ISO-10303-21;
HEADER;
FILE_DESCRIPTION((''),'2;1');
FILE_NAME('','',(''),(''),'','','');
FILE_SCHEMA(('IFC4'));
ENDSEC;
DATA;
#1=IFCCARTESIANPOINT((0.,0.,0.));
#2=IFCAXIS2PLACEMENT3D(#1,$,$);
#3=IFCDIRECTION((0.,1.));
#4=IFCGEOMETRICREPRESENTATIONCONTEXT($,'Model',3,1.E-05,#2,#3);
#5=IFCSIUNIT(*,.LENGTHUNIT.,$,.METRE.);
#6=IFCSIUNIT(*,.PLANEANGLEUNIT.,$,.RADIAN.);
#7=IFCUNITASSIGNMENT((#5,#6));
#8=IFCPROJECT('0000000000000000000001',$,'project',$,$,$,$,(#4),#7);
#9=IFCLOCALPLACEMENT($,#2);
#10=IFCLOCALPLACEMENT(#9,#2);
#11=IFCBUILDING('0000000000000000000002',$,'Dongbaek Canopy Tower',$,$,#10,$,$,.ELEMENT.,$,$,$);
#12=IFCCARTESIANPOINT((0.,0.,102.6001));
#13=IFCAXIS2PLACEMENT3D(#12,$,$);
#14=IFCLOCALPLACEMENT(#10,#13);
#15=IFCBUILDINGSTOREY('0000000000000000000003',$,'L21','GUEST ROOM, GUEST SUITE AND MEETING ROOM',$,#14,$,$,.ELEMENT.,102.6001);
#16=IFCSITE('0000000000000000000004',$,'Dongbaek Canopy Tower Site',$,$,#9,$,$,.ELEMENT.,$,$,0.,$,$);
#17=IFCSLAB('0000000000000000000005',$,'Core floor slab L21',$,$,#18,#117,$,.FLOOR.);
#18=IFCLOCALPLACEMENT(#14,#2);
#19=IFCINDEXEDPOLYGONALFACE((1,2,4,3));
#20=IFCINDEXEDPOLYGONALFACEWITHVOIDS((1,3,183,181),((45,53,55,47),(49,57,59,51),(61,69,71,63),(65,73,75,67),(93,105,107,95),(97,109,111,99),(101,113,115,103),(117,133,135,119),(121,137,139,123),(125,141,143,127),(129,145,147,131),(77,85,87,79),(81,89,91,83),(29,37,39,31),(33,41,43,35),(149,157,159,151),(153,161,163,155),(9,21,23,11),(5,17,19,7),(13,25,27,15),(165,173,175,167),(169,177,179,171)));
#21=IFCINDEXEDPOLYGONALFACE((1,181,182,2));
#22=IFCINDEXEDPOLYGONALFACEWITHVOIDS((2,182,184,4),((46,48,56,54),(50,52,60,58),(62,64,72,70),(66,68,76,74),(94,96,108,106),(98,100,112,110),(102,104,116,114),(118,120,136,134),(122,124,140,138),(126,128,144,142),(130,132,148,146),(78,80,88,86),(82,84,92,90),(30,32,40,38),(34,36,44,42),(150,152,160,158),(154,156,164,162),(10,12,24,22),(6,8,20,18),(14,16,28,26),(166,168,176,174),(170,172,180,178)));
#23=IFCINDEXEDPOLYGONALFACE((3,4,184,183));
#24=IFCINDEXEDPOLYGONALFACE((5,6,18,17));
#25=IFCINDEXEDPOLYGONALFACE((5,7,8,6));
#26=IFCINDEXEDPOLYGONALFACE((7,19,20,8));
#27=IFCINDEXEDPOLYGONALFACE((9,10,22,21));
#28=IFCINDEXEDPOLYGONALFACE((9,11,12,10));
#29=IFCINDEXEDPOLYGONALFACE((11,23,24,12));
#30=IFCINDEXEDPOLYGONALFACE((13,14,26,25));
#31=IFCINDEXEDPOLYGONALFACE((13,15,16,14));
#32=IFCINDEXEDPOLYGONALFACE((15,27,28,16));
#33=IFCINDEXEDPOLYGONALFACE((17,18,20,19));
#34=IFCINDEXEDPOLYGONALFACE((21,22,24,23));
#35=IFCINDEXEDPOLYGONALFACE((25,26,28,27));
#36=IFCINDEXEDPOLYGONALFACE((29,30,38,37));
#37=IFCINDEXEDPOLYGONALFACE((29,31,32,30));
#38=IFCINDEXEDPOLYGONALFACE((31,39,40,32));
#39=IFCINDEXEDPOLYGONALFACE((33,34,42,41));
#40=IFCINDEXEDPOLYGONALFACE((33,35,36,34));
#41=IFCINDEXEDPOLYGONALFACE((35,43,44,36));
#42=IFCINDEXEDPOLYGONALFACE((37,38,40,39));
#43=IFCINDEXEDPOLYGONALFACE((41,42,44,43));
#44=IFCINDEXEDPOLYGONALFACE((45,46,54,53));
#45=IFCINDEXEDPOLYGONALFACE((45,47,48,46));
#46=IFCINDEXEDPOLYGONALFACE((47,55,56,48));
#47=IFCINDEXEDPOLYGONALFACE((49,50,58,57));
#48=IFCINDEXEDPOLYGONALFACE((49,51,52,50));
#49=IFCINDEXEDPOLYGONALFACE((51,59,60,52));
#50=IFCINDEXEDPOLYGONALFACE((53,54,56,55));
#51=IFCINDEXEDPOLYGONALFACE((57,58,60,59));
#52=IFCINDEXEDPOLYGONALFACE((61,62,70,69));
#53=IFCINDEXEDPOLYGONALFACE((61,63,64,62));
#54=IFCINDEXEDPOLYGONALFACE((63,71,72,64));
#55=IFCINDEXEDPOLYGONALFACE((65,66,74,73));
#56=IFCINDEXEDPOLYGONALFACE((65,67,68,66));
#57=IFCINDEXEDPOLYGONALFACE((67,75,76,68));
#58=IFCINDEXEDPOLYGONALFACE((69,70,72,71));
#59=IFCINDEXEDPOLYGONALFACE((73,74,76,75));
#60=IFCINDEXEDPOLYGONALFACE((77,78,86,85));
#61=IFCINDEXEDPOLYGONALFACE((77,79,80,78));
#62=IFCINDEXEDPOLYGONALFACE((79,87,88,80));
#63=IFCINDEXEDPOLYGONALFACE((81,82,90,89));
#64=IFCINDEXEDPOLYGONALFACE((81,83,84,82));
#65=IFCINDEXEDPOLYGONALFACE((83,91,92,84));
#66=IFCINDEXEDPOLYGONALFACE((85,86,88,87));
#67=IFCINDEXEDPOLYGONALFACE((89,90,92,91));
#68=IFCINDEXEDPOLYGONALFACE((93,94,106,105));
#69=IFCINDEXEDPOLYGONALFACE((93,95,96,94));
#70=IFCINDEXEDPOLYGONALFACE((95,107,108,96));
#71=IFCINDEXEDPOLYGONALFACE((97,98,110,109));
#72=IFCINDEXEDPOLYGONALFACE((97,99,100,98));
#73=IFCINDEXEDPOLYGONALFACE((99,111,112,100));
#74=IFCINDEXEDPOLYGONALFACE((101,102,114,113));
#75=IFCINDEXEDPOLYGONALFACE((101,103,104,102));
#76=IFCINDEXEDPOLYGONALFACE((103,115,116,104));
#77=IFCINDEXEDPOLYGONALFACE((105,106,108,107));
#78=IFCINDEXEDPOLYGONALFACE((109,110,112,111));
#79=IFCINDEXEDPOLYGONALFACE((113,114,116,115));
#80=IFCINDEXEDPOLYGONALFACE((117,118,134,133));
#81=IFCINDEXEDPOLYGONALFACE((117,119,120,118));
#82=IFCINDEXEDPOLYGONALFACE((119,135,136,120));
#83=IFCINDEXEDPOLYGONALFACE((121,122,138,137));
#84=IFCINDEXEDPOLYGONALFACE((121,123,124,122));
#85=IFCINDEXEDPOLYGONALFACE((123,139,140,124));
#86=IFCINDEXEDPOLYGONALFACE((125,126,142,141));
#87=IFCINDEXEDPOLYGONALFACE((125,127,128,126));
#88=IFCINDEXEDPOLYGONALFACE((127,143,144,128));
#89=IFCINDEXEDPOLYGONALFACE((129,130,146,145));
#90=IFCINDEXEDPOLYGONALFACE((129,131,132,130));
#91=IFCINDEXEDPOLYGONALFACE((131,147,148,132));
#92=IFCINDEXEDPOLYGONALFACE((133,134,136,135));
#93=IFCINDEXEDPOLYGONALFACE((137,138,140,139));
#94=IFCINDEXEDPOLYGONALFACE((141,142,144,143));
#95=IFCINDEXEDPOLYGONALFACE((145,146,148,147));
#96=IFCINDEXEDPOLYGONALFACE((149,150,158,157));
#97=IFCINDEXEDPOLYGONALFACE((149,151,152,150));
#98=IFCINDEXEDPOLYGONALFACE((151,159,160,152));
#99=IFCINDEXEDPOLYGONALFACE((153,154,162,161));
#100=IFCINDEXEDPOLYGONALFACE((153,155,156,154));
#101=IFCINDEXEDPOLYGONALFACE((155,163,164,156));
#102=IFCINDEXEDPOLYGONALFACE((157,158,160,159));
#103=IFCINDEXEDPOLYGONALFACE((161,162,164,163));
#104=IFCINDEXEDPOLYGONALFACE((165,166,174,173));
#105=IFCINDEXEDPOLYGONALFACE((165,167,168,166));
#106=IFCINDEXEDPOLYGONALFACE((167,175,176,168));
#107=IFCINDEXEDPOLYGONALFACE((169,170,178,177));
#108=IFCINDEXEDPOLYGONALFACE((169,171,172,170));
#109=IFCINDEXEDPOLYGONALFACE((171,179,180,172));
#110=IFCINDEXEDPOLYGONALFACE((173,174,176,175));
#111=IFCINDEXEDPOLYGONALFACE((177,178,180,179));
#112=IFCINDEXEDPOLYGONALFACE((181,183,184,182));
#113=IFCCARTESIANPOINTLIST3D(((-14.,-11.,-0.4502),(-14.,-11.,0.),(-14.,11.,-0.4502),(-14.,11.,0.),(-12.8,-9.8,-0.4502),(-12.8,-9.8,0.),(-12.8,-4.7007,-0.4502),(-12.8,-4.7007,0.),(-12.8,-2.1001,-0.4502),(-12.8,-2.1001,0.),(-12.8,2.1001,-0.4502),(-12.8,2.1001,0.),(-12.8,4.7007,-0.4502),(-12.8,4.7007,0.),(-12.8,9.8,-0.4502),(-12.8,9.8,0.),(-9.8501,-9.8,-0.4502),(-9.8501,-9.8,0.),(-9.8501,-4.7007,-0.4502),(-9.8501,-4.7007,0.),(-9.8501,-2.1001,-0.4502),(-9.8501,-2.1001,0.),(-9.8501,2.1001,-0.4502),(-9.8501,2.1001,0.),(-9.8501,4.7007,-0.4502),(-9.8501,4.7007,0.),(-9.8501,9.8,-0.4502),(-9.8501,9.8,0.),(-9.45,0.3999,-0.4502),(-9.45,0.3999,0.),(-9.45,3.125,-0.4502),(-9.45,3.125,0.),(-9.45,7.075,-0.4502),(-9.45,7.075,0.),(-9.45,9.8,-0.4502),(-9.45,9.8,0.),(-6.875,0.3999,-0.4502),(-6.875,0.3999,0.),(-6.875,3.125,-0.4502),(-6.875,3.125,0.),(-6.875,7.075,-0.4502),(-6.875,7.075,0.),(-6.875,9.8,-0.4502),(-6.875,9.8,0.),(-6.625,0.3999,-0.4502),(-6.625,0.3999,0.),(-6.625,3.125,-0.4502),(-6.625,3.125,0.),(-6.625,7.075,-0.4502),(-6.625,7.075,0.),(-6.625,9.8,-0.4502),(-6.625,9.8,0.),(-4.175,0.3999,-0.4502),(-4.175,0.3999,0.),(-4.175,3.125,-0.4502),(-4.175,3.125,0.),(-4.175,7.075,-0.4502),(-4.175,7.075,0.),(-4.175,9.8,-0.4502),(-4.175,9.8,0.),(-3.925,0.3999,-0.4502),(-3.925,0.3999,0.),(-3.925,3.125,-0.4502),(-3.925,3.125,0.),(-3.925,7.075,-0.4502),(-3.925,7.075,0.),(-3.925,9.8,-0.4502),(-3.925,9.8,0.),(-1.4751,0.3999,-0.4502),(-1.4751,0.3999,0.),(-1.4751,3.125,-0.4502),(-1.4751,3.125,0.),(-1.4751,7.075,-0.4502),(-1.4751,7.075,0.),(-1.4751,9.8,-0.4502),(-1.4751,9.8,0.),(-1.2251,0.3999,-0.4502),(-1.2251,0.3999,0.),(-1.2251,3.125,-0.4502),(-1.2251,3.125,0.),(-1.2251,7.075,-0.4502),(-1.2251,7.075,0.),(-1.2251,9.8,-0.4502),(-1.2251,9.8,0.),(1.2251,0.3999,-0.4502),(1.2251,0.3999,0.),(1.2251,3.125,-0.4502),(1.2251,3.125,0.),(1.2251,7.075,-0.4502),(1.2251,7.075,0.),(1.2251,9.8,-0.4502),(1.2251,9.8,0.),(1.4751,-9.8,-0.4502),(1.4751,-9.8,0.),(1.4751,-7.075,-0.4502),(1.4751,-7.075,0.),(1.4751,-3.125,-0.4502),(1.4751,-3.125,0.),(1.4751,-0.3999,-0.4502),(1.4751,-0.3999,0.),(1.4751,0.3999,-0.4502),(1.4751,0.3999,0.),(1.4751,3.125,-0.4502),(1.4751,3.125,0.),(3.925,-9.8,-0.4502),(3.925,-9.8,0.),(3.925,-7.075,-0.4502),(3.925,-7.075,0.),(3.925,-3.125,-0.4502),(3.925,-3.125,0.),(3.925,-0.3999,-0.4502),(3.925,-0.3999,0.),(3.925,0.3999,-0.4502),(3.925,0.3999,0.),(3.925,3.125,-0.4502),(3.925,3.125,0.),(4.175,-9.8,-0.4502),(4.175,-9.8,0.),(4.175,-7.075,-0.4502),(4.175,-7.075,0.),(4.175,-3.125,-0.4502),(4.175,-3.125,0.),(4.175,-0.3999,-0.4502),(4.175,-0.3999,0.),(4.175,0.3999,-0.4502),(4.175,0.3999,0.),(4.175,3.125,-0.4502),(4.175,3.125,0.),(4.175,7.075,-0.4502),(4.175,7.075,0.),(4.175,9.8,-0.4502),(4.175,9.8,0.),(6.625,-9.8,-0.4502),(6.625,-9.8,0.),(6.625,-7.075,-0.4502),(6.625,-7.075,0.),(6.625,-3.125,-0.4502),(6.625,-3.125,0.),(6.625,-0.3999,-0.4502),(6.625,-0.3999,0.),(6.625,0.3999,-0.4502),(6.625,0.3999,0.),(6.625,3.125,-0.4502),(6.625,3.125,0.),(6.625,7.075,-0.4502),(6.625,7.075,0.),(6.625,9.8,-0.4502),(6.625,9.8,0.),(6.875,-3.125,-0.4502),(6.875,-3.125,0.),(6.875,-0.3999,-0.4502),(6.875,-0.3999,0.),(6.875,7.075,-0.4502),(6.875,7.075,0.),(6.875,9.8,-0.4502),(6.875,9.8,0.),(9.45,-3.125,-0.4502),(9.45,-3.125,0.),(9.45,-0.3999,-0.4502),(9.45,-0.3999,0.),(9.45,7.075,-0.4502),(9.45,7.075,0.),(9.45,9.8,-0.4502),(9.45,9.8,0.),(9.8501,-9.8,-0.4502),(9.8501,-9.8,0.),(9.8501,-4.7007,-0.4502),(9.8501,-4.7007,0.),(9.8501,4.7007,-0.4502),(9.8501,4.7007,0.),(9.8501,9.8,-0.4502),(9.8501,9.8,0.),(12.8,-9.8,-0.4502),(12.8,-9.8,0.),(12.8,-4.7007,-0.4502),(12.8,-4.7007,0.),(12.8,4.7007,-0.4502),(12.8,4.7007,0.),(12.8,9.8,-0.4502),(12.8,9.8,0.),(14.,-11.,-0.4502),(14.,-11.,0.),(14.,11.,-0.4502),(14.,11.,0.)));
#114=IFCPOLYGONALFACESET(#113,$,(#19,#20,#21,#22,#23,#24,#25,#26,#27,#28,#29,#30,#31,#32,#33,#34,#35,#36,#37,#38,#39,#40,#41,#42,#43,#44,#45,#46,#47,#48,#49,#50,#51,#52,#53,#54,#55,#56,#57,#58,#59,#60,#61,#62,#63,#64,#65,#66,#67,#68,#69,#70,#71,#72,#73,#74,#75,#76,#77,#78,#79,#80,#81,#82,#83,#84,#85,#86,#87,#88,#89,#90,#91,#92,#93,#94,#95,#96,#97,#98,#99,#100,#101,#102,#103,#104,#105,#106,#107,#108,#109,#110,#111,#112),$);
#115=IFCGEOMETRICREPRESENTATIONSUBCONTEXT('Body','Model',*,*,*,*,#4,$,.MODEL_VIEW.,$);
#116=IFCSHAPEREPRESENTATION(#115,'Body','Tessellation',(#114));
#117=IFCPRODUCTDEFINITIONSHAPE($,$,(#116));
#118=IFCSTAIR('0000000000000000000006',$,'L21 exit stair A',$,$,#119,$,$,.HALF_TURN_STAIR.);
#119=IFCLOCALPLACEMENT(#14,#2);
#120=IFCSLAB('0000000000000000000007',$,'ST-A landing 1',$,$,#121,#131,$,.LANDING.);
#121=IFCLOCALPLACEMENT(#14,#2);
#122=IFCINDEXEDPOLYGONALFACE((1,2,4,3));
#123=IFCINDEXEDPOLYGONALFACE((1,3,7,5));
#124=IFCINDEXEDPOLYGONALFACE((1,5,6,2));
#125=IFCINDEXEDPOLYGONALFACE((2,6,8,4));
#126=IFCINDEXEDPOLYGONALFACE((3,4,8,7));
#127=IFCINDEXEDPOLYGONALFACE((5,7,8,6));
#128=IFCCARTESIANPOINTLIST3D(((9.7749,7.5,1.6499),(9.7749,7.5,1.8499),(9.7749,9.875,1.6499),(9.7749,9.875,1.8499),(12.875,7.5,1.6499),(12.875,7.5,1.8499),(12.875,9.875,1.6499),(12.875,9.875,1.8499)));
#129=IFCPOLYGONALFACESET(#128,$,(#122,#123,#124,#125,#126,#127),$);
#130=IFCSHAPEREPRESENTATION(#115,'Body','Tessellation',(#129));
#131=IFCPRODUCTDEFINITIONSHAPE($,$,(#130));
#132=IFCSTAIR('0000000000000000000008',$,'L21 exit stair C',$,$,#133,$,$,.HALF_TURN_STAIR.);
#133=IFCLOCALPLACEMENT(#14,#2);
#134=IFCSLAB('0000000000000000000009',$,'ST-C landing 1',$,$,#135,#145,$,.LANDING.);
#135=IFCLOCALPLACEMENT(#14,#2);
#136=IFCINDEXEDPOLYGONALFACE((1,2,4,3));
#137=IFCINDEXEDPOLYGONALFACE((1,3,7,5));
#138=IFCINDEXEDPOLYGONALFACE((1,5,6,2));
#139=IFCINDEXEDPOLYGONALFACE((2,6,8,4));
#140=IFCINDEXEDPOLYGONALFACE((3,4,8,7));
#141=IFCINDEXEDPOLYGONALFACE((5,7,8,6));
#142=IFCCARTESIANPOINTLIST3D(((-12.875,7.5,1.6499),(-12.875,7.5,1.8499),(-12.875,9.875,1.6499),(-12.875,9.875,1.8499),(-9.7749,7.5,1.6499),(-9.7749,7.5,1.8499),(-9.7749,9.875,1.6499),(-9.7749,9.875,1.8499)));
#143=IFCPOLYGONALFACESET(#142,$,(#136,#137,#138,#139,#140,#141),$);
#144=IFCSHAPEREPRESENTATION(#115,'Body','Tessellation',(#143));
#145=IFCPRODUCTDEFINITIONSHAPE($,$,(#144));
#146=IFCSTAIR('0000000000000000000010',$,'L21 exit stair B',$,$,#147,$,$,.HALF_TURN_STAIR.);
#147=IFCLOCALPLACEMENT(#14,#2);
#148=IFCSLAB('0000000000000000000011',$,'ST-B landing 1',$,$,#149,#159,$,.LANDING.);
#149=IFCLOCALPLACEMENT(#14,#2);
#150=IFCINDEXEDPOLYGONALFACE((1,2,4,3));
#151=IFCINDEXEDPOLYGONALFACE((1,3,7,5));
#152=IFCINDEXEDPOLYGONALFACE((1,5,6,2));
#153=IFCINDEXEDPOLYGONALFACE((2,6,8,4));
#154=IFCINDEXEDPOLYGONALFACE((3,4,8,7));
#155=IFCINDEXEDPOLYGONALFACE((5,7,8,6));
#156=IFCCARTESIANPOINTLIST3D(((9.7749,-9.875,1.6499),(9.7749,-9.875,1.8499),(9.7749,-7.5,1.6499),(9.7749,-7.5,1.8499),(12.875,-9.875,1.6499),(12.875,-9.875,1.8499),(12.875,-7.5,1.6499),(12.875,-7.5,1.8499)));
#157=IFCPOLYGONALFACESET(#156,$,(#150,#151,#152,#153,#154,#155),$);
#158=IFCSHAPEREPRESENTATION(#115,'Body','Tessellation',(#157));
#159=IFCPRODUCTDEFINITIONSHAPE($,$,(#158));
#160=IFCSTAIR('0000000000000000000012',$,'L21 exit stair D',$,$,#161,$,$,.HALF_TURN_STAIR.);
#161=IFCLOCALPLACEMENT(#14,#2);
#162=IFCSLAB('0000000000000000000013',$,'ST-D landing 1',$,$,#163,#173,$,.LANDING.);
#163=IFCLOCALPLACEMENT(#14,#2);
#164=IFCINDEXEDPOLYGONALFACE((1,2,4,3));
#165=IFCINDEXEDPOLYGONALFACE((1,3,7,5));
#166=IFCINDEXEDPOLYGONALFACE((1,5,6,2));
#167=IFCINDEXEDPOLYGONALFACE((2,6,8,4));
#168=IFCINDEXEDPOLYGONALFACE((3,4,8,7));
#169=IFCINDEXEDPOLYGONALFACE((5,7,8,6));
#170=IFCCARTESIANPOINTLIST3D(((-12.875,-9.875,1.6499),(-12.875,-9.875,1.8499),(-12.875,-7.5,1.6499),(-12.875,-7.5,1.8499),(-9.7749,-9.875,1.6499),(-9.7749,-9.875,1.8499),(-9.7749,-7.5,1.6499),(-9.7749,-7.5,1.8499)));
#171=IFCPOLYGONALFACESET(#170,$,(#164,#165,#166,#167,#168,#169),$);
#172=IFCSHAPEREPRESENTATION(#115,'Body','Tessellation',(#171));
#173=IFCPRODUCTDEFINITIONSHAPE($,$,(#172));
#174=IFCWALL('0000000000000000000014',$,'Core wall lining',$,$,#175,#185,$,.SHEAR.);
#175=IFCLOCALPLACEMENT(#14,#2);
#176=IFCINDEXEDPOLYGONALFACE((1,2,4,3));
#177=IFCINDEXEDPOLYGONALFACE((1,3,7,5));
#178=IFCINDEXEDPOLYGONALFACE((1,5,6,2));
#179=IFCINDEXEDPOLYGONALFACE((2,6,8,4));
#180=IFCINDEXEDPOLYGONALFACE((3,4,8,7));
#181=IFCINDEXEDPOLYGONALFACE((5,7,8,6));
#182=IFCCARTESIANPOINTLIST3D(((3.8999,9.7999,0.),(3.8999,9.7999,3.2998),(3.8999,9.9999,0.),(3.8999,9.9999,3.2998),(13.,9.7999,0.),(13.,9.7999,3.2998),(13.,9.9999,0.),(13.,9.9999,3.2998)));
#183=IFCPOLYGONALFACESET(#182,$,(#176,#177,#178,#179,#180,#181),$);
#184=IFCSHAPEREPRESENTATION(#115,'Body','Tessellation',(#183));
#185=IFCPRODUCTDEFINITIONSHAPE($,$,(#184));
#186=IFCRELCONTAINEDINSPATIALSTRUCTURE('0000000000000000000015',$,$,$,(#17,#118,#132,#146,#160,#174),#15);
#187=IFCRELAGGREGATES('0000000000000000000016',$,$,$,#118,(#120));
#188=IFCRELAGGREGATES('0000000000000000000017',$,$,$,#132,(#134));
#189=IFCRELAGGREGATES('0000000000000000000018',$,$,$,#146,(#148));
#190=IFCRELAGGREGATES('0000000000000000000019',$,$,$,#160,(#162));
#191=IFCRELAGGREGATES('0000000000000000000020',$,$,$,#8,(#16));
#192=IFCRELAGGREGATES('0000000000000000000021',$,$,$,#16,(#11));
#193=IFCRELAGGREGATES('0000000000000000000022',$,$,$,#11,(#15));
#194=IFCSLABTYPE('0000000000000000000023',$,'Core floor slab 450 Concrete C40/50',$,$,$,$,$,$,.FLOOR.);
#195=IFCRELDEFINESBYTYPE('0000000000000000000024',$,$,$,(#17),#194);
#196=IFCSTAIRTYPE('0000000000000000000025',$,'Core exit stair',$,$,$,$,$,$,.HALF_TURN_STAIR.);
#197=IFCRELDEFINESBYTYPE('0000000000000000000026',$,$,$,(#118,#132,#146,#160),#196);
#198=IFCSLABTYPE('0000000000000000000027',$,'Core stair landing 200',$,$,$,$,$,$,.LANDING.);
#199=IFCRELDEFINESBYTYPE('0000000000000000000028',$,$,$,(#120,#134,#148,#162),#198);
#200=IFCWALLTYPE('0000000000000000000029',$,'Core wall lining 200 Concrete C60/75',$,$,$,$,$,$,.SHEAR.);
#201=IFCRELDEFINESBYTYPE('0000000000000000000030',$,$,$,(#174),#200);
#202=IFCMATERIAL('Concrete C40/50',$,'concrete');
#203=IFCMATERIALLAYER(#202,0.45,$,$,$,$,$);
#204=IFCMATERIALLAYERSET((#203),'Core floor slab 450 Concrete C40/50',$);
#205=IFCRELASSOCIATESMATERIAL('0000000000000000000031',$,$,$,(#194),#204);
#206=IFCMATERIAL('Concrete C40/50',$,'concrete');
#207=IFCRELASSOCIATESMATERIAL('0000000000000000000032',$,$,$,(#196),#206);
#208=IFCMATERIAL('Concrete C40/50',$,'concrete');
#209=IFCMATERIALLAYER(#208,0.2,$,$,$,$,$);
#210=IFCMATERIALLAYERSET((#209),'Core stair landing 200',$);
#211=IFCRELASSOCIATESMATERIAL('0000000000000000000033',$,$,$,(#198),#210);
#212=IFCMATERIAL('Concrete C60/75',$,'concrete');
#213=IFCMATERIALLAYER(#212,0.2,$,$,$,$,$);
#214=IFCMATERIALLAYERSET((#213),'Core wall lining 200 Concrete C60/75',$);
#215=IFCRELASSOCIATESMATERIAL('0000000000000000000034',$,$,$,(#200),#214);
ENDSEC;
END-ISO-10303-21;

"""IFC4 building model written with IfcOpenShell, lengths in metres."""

from ifc_helpers import new_model, si_unit, direction, frame, frame_2d, origin, place, context, subcontext, project, spatial, polyline, rectangle, outline, extrude, material, layer, layer_set, type_object, element, aggregate, save


model = new_model("IFC4")

# Units and contexts
model_context = context("Model", 3, precision=1e-05, world=origin(), true_north=direction((0.0, 1.0)))
body_context = subcontext(model_context, "Body", "Model", "MODEL_VIEW")
ifc_project = project(units=[si_unit("LENGTHUNIT", "METRE"), si_unit("PLANEANGLEUNIT", "RADIAN")], contexts=[model_context])

# Site, building, storey
site_placement = place(None, origin())
site = spatial("IfcSite", under=ifc_project, at=site_placement, Name="Dongbaek Canopy Tower Site", CompositionType="ELEMENT", RefElevation=0.0)
building_placement = place(site_placement, origin())
building = spatial("IfcBuilding", under=site, at=building_placement, Name="Dongbaek Canopy Tower", CompositionType="ELEMENT")
storey_placement = place(building_placement, frame((0.0, 0.0, 102.6001)))
storey = spatial("IfcBuildingStorey", under=building, at=storey_placement, Name="L21", Description="GUEST ROOM, GUEST SUITE AND MEETING ROOM", CompositionType="ELEMENT", Elevation=102.6001)

# Slab
ifc_material_1 = material(Name="Concrete C40/50", Category="concrete")
ifc_layer_1 = layer(ifc_material_1, 0.45)
ifc_layer_set_1 = layer_set([ifc_layer_1], Name="Core floor slab 450 Concrete C40/50")
slab_type_1 = type_object("IfcSlabType", Name="Core floor slab 450 Concrete C40/50", PredefinedType="FLOOR", material=ifc_layer_set_1)
slab_1_placement = place(storey_placement, frame((0.0, 0.0, -0.4502)))
element("IfcSlab", 1, at=slab_1_placement, inside=storey, type_object=slab_type_1, Name="Core floor slab L21", PredefinedType="FLOOR", context=body_context, shape_type="SweptSolid", body=[
    extrude(outline(polyline([(14.0, -11.0), (14.0, 11.0), (-14.0, 11.0), (-14.0, -11.0), (14.0, -11.0)]), holes=[polyline([(-12.8, 2.1001), (-9.8501, 2.1001), (-9.8501, -2.1001), (-12.8, -2.1001), (-12.8, 2.1001)]), polyline([(-6.875, 9.8), (-6.875, 7.075), (-9.45, 7.075), (-9.45, 9.8), (-6.875, 9.8)]), polyline([(-4.175, 9.8), (-4.175, 7.075), (-6.625, 7.075), (-6.625, 9.8), (-4.175, 9.8)]), polyline([(-1.4751, 9.8), (-1.4751, 7.075), (-3.925, 7.075), (-3.925, 9.8), (-1.4751, 9.8)]), polyline([(1.2251, 9.8), (1.2251, 7.075), (-1.2251, 7.075), (-1.2251, 9.8), (1.2251, 9.8)]), polyline([(6.625, 9.8), (6.625, 7.075), (4.175, 7.075), (4.175, 9.8), (6.625, 9.8)]), polyline([(9.45, 7.075), (6.875, 7.075), (6.875, 9.8), (9.45, 9.8), (9.45, 7.075)]), polyline([(-9.45, 3.125), (-6.875, 3.125), (-6.875, 0.3999), (-9.45, 0.3999), (-9.45, 3.125)]), polyline([(-6.625, 3.125), (-4.175, 3.125), (-4.175, 0.3999), (-6.625, 0.3999), (-6.625, 3.125)]), polyline([(-3.925, 3.125), (-1.4751, 3.125), (-1.4751, 0.3999), (-3.925, 0.3999), (-3.925, 3.125)]), polyline([(-1.2251, 0.3999), (-1.2251, 3.125), (1.2251, 3.125), (1.2251, 0.3999), (-1.2251, 0.3999)]), polyline([(1.4751, 0.3999), (1.4751, 3.125), (3.925, 3.125), (3.925, 0.3999), (1.4751, 0.3999)]), polyline([(4.175, 0.3999), (4.175, 3.125), (6.625, 3.125), (6.625, 0.3999), (4.175, 0.3999)]), polyline([(1.4751, -0.3999), (3.925, -0.3999), (3.925, -3.125), (1.4751, -3.125), (1.4751, -0.3999)]), polyline([(6.625, -0.3999), (6.625, -3.125), (4.175, -3.125), (4.175, -0.3999), (6.625, -0.3999)]), polyline([(9.45, -3.125), (6.875, -3.125), (6.875, -0.3999), (9.45, -0.3999), (9.45, -3.125)]), polyline([(1.4751, -9.8), (1.4751, -7.075), (3.925, -7.075), (3.925, -9.8), (1.4751, -9.8)]), polyline([(4.175, -9.8), (4.175, -7.075), (6.625, -7.075), (6.625, -9.8), (4.175, -9.8)]), polyline([(12.8, 4.7007), (12.8, 9.8), (9.8501, 9.8), (9.8501, 4.7007), (12.8, 4.7007)]), polyline([(-9.8501, 4.7007), (-9.8501, 9.8), (-12.8, 9.8), (-12.8, 4.7007), (-9.8501, 4.7007)]), polyline([(9.8501, -4.7007), (9.8501, -9.8), (12.8, -9.8), (12.8, -4.7007), (9.8501, -4.7007)]), polyline([(-12.8, -4.7007), (-12.8, -9.8), (-9.8501, -9.8), (-9.8501, -4.7007), (-12.8, -4.7007)])]), origin(), (0.0, 0.0, 1.0), 0.4502),
])

# Stairs, slabs
ifc_material_2 = material(Name="Concrete C40/50", Category="concrete")
stair_type = type_object("IfcStairType", Name="Core exit stair", PredefinedType="HALF_TURN_STAIR", material=ifc_material_2)
stair_1_placement = place(storey_placement, origin())
stair_1 = element("IfcStair", 2, at=stair_1_placement, inside=storey, type_object=stair_type, Name="L21 exit stair A", PredefinedType="HALF_TURN_STAIR")
ifc_material_3 = material(Name="Concrete C40/50", Category="concrete")
ifc_layer_2 = layer(ifc_material_3, 0.2)
ifc_layer_set_2 = layer_set([ifc_layer_2], Name="Core stair landing 200")
slab_type_2 = type_object("IfcSlabType", Name="Core stair landing 200", PredefinedType="LANDING", material=ifc_layer_set_2)
slab_2_placement = place(storey_placement, frame((0.0, 0.0, 1.6499)))
slab_2 = element("IfcSlab", 3, at=slab_2_placement, type_object=slab_type_2, Name="ST-A landing 1", PredefinedType="LANDING", context=body_context, shape_type="SweptSolid", body=[
    extrude(outline(polyline([(12.875, 7.5), (12.875, 9.875), (9.7749, 9.875), (9.7749, 7.5), (12.875, 7.5)])), origin(), (0.0, 0.0, 1.0), 0.2),
])
aggregate(stair_1, [slab_2])
stair_2_placement = place(storey_placement, origin())
stair_2 = element("IfcStair", 4, at=stair_2_placement, inside=storey, type_object=stair_type, Name="L21 exit stair C", PredefinedType="HALF_TURN_STAIR")
slab_3_placement = place(storey_placement, frame((0.0, 0.0, 1.6499)))
slab_3 = element("IfcSlab", 5, at=slab_3_placement, type_object=slab_type_2, Name="ST-C landing 1", PredefinedType="LANDING", context=body_context, shape_type="SweptSolid", body=[
    extrude(outline(polyline([(-9.7749, 7.5), (-9.7749, 9.875), (-12.875, 9.875), (-12.875, 7.5), (-9.7749, 7.5)])), origin(), (0.0, 0.0, 1.0), 0.2),
])
aggregate(stair_2, [slab_3])
stair_3_placement = place(storey_placement, origin())
stair_3 = element("IfcStair", 6, at=stair_3_placement, inside=storey, type_object=stair_type, Name="L21 exit stair B", PredefinedType="HALF_TURN_STAIR")
slab_4_placement = place(storey_placement, frame((0.0, 0.0, 1.6499)))
slab_4 = element("IfcSlab", 7, at=slab_4_placement, type_object=slab_type_2, Name="ST-B landing 1", PredefinedType="LANDING", context=body_context, shape_type="SweptSolid", body=[
    extrude(outline(polyline([(9.7749, -7.5), (9.7749, -9.875), (12.875, -9.875), (12.875, -7.5), (9.7749, -7.5)])), origin(), (0.0, 0.0, 1.0), 0.2),
])
aggregate(stair_3, [slab_4])
stair_4_placement = place(storey_placement, origin())
stair_4 = element("IfcStair", 8, at=stair_4_placement, inside=storey, type_object=stair_type, Name="L21 exit stair D", PredefinedType="HALF_TURN_STAIR")
slab_5_placement = place(storey_placement, frame((0.0, 0.0, 1.6499)))
slab_5 = element("IfcSlab", 9, at=slab_5_placement, type_object=slab_type_2, Name="ST-D landing 1", PredefinedType="LANDING", context=body_context, shape_type="SweptSolid", body=[
    extrude(outline(polyline([(-12.875, -7.5), (-12.875, -9.875), (-9.7749, -9.875), (-9.7749, -7.5), (-12.875, -7.5)])), origin(), (0.0, 0.0, 1.0), 0.2),
])
aggregate(stair_4, [slab_5])

# Wall
ifc_material_4 = material(Name="Concrete C60/75", Category="concrete")
ifc_layer_3 = layer(ifc_material_4, 0.2)
ifc_layer_set_3 = layer_set([ifc_layer_3], Name="Core wall lining 200 Concrete C60/75")
wall_type_1 = type_object("IfcWallType", Name="Core wall lining 200 Concrete C60/75", PredefinedType="SHEAR", material=ifc_layer_set_3)
wall_1_placement = place(storey_placement, frame((3.8999, 9.8999, 0.0), z_axis=(0.0, 0.0, 1.0), x_axis=(1.0, 0.0, 0.0)))
element("IfcWall", 10, at=wall_1_placement, inside=storey, type_object=wall_type_1, Name="Core wall lining", PredefinedType="SHEAR", context=body_context, shape_type="SweptSolid", body=[
    extrude(rectangle(XDim=9.1001, YDim=0.2, at=frame_2d((4.55, 0.0))), origin(), (0.0, 0.0, 1.0), 3.2998),
])

save(model, "model.ifc")
